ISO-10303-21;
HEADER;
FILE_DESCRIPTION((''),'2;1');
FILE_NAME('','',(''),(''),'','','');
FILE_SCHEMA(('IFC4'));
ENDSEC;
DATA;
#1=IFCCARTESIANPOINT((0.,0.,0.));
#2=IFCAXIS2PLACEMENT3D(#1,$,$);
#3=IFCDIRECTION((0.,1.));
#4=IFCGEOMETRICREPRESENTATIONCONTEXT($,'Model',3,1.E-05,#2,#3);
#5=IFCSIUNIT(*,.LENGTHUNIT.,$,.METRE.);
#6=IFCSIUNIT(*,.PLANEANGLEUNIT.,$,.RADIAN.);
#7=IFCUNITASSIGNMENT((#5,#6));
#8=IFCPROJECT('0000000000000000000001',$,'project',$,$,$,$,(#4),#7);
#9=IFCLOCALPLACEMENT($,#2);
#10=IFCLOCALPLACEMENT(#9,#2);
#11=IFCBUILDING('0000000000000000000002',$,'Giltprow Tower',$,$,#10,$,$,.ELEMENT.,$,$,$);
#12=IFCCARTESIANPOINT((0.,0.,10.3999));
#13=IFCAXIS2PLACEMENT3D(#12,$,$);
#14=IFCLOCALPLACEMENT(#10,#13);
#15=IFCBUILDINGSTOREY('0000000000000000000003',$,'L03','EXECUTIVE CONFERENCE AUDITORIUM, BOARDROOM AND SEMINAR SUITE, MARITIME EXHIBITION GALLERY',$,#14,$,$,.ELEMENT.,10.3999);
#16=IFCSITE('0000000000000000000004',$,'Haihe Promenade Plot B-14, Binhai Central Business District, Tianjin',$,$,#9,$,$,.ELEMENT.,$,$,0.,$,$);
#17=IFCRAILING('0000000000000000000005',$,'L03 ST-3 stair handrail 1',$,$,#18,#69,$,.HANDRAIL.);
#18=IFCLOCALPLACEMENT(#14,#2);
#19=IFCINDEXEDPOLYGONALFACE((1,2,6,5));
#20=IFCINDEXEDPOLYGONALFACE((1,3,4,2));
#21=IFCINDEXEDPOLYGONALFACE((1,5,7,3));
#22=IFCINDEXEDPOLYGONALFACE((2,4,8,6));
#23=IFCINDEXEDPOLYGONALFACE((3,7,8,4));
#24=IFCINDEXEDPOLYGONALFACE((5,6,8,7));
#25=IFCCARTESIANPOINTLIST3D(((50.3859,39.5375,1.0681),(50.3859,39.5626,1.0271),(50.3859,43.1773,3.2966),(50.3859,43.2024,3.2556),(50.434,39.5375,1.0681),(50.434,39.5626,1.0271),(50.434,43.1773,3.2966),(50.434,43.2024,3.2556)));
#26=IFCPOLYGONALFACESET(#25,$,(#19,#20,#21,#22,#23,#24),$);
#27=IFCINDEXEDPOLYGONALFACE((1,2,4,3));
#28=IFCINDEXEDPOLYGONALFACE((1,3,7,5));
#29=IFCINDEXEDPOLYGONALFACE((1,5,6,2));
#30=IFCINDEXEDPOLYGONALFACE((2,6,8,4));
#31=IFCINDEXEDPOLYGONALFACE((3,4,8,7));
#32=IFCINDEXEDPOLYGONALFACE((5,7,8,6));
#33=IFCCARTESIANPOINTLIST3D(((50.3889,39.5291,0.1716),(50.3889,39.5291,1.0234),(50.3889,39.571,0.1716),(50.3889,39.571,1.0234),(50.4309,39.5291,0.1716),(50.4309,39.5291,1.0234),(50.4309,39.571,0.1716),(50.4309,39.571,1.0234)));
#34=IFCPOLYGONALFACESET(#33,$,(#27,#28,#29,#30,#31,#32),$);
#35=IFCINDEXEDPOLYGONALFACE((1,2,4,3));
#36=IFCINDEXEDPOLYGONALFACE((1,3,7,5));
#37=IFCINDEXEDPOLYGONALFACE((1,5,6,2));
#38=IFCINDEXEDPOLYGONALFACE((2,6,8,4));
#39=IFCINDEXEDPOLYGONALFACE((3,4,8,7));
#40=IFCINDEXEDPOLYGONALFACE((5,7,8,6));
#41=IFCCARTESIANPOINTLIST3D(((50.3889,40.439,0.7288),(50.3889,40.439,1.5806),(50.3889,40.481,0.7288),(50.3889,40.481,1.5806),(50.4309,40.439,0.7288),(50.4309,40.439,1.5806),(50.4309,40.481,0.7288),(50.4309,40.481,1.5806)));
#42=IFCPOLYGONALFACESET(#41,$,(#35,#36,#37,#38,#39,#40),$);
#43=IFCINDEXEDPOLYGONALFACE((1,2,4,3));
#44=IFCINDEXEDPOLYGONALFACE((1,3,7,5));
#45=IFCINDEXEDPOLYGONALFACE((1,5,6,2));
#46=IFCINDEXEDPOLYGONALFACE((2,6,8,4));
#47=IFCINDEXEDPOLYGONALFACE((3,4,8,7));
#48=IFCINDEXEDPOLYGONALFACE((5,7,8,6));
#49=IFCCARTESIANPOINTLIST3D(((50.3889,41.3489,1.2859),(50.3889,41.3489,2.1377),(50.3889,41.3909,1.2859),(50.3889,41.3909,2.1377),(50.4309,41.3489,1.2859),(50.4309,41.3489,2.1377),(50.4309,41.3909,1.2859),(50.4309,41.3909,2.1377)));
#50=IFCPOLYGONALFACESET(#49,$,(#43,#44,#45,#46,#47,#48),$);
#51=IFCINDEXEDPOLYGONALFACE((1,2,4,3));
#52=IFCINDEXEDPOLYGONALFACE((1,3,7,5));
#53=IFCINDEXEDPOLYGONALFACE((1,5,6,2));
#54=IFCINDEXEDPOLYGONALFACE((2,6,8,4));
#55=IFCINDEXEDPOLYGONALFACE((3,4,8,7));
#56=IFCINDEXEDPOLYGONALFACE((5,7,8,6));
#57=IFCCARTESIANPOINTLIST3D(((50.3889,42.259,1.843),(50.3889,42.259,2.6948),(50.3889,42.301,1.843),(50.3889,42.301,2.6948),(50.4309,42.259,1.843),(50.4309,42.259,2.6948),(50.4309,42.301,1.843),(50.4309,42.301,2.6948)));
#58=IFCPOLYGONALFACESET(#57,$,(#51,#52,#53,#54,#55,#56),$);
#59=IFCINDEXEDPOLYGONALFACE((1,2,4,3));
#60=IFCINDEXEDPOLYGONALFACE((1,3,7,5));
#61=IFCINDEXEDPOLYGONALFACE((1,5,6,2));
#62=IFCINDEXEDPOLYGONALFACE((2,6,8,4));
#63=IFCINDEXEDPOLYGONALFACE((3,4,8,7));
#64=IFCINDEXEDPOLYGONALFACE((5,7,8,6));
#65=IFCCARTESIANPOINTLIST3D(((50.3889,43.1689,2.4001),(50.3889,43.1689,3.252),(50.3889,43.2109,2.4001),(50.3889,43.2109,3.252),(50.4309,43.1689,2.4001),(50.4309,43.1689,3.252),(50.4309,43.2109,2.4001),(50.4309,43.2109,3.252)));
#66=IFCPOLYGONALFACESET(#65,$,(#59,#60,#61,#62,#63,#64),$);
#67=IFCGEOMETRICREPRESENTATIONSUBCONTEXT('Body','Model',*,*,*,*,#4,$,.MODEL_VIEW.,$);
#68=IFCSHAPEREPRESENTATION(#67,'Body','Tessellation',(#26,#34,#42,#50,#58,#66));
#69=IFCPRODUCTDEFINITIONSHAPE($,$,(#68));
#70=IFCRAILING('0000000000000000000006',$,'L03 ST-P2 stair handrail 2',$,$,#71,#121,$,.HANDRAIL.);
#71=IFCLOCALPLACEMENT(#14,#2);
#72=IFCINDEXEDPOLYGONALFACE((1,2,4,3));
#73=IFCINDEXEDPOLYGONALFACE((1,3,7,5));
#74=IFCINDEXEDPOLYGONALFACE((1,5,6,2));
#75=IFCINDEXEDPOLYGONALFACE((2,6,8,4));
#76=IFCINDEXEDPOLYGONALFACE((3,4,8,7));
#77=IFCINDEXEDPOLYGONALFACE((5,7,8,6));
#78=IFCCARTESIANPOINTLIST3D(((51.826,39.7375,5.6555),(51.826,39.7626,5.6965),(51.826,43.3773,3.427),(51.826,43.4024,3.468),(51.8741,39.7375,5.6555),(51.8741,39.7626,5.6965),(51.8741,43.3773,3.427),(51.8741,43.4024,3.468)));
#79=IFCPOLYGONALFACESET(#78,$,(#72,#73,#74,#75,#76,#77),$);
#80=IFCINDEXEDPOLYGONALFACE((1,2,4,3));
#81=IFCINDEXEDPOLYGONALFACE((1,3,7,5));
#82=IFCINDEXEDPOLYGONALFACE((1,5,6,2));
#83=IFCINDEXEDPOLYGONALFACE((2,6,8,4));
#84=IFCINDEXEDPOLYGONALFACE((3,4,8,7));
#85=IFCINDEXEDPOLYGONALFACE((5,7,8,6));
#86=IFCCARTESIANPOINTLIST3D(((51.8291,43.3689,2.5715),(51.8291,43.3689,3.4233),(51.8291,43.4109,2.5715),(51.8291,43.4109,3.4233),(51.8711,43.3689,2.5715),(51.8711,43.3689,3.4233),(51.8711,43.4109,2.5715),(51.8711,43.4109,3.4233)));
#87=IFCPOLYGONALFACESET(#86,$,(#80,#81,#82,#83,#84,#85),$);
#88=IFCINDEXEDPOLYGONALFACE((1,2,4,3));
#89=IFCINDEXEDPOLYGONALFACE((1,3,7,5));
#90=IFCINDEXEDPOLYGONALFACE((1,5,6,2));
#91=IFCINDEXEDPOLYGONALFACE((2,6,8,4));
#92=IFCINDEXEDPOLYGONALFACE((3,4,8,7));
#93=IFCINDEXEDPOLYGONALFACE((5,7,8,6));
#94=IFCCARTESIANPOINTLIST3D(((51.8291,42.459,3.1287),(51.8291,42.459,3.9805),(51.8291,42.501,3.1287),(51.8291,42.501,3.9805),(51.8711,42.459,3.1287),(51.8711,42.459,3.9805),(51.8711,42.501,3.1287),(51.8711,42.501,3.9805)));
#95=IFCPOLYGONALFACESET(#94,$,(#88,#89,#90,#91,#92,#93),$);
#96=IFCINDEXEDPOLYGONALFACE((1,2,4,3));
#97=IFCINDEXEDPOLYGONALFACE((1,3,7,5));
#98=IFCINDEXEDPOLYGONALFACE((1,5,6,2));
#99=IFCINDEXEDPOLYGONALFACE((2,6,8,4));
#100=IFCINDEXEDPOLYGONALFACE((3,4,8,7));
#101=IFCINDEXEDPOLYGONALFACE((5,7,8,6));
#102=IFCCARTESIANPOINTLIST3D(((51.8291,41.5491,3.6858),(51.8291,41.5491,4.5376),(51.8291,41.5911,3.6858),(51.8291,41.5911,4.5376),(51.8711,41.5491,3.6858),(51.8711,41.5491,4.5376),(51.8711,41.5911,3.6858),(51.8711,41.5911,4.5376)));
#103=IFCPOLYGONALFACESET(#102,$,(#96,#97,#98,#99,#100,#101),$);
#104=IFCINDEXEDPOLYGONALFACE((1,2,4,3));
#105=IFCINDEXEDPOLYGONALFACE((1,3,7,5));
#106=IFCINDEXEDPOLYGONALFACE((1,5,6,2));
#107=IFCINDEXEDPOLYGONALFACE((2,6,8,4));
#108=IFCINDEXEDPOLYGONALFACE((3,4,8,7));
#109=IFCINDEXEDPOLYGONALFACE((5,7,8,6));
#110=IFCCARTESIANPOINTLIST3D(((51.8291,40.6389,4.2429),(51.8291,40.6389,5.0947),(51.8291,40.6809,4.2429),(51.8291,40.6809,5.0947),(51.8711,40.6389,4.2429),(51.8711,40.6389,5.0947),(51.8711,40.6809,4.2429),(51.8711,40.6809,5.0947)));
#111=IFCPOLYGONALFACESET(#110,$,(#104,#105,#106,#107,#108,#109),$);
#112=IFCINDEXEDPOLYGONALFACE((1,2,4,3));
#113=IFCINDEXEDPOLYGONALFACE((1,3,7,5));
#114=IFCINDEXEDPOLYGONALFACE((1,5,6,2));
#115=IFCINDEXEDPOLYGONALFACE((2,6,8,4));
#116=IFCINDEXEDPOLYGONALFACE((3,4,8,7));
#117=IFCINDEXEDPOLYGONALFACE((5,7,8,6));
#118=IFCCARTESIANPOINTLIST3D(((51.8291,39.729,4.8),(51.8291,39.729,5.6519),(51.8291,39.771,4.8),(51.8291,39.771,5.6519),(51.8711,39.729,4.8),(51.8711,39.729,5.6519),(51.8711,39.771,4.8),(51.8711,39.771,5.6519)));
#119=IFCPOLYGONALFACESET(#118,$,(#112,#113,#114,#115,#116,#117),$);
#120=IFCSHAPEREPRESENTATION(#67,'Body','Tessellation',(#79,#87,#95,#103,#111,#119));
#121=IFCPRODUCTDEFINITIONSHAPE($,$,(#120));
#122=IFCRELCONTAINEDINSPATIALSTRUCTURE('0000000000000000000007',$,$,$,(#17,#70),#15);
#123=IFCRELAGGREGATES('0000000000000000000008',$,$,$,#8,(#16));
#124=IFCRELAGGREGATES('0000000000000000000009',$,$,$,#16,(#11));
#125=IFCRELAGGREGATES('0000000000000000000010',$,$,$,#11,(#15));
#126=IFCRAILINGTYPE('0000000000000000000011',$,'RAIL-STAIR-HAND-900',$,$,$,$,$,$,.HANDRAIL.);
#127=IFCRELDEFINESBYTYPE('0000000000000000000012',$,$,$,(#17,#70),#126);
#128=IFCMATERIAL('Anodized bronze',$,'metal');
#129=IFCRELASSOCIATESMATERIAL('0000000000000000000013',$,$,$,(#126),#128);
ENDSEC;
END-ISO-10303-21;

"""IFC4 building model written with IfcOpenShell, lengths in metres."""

from ifc_helpers import new_model, si_unit, direction, frame, origin, origin_2d, place, context, subcontext, project, spatial, rectangle, extrude, material, type_object, element, save


model = new_model("IFC4")

# Units and contexts
model_context = context("Model", 3, precision=1e-05, world=origin(), true_north=direction((0.0, 1.0)))
body_context = subcontext(model_context, "Body", "Model", "MODEL_VIEW")
ifc_project = project(units=[si_unit("LENGTHUNIT", "METRE"), si_unit("PLANEANGLEUNIT", "RADIAN")], contexts=[model_context])

# Site, building, storey
site_placement = place(None, origin())
site = spatial("IfcSite", under=ifc_project, at=site_placement, Name="Haihe Promenade Plot B-14, Binhai Central Business District, Tianjin", CompositionType="ELEMENT", RefElevation=0.0)
building_placement = place(site_placement, origin())
building = spatial("IfcBuilding", under=site, at=building_placement, Name="Giltprow Tower", CompositionType="ELEMENT")
storey_placement = place(building_placement, frame((0.0, 0.0, 10.3999)))
storey = spatial("IfcBuildingStorey", under=building, at=storey_placement, Name="L03", Description="EXECUTIVE CONFERENCE AUDITORIUM, BOARDROOM AND SEMINAR SUITE, MARITIME EXHIBITION GALLERY", CompositionType="ELEMENT", Elevation=10.3999)

# Railings
ifc_material_1 = material(Name="Anodized bronze", Category="metal")
railing_type_1 = type_object("IfcRailingType", Name="RAIL-STAIR-HAND-900", PredefinedType="HANDRAIL", material=ifc_material_1)
railing_1_placement = place(storey_placement, frame((50.4099, 39.55, 0.1716)))
element("IfcRailing", 1, at=railing_1_placement, inside=storey, type_object=railing_type_1, Name="L03 ST-3 stair handrail 1", PredefinedType="HANDRAIL", context=body_context, shape_type="SweptSolid", body=[
    extrude(rectangle(XDim=0.0481, YDim=0.0481, at=origin_2d()), frame((0.0, 0.0, 0.876), z_axis=(0.0, 0.85285, 0.522156), x_axis=(-1.0, 0.0, 0.0)), (0.0, 0.0, 1.0), 4.2678),
    extrude(rectangle(XDim=0.042, YDim=0.042, at=origin_2d()), origin(), (0.0, 0.0, 1.0), 0.8518),
    extrude(rectangle(XDim=0.042, YDim=0.042, at=origin_2d()), frame((0.0, 0.9099, 0.5571)), (0.0, 0.0, 1.0), 0.8518),
    extrude(rectangle(XDim=0.042, YDim=0.042, at=origin_2d()), frame((0.0, 1.8198, 1.1143)), (0.0, 0.0, 1.0), 0.8518),
    extrude(rectangle(XDim=0.042, YDim=0.042, at=origin_2d()), frame((0.0, 2.73, 1.6714)), (0.0, 0.0, 1.0), 0.8518),
    extrude(rectangle(XDim=0.042, YDim=0.042, at=origin_2d()), frame((0.0, 3.6399, 2.2285)), (0.0, 0.0, 1.0), 0.8518),
])
railing_2_placement = place(storey_placement, frame((51.8501, 43.3899, 2.5715)))
element("IfcRailing", 2, at=railing_2_placement, inside=storey, type_object=railing_type_1, Name="L03 ST-P2 stair handrail 2", PredefinedType="HANDRAIL", context=body_context, shape_type="SweptSolid", body=[
    extrude(rectangle(XDim=0.0481, YDim=0.0481, at=origin_2d()), frame((0.0, 0.0, 0.876), z_axis=(0.0, -0.85285, 0.522156), x_axis=(1.0, 0.0, 0.0)), (0.0, 0.0, 1.0), 4.2678),
    extrude(rectangle(XDim=0.042, YDim=0.042, at=origin_2d()), origin(), (0.0, 0.0, 1.0), 0.8518),
    extrude(rectangle(XDim=0.042, YDim=0.042, at=origin_2d()), frame((0.0, -0.9099, 0.5571)), (0.0, 0.0, 1.0), 0.8518),
    extrude(rectangle(XDim=0.042, YDim=0.042, at=origin_2d()), frame((0.0, -1.8198, 1.1143)), (0.0, 0.0, 1.0), 0.8518),
    extrude(rectangle(XDim=0.042, YDim=0.042, at=origin_2d()), frame((0.0, -2.73, 1.6714)), (0.0, 0.0, 1.0), 0.8518),
    extrude(rectangle(XDim=0.042, YDim=0.042, at=origin_2d()), frame((0.0, -3.6399, 2.2285)), (0.0, 0.0, 1.0), 0.8518),
])

save(model, "model.ifc")
